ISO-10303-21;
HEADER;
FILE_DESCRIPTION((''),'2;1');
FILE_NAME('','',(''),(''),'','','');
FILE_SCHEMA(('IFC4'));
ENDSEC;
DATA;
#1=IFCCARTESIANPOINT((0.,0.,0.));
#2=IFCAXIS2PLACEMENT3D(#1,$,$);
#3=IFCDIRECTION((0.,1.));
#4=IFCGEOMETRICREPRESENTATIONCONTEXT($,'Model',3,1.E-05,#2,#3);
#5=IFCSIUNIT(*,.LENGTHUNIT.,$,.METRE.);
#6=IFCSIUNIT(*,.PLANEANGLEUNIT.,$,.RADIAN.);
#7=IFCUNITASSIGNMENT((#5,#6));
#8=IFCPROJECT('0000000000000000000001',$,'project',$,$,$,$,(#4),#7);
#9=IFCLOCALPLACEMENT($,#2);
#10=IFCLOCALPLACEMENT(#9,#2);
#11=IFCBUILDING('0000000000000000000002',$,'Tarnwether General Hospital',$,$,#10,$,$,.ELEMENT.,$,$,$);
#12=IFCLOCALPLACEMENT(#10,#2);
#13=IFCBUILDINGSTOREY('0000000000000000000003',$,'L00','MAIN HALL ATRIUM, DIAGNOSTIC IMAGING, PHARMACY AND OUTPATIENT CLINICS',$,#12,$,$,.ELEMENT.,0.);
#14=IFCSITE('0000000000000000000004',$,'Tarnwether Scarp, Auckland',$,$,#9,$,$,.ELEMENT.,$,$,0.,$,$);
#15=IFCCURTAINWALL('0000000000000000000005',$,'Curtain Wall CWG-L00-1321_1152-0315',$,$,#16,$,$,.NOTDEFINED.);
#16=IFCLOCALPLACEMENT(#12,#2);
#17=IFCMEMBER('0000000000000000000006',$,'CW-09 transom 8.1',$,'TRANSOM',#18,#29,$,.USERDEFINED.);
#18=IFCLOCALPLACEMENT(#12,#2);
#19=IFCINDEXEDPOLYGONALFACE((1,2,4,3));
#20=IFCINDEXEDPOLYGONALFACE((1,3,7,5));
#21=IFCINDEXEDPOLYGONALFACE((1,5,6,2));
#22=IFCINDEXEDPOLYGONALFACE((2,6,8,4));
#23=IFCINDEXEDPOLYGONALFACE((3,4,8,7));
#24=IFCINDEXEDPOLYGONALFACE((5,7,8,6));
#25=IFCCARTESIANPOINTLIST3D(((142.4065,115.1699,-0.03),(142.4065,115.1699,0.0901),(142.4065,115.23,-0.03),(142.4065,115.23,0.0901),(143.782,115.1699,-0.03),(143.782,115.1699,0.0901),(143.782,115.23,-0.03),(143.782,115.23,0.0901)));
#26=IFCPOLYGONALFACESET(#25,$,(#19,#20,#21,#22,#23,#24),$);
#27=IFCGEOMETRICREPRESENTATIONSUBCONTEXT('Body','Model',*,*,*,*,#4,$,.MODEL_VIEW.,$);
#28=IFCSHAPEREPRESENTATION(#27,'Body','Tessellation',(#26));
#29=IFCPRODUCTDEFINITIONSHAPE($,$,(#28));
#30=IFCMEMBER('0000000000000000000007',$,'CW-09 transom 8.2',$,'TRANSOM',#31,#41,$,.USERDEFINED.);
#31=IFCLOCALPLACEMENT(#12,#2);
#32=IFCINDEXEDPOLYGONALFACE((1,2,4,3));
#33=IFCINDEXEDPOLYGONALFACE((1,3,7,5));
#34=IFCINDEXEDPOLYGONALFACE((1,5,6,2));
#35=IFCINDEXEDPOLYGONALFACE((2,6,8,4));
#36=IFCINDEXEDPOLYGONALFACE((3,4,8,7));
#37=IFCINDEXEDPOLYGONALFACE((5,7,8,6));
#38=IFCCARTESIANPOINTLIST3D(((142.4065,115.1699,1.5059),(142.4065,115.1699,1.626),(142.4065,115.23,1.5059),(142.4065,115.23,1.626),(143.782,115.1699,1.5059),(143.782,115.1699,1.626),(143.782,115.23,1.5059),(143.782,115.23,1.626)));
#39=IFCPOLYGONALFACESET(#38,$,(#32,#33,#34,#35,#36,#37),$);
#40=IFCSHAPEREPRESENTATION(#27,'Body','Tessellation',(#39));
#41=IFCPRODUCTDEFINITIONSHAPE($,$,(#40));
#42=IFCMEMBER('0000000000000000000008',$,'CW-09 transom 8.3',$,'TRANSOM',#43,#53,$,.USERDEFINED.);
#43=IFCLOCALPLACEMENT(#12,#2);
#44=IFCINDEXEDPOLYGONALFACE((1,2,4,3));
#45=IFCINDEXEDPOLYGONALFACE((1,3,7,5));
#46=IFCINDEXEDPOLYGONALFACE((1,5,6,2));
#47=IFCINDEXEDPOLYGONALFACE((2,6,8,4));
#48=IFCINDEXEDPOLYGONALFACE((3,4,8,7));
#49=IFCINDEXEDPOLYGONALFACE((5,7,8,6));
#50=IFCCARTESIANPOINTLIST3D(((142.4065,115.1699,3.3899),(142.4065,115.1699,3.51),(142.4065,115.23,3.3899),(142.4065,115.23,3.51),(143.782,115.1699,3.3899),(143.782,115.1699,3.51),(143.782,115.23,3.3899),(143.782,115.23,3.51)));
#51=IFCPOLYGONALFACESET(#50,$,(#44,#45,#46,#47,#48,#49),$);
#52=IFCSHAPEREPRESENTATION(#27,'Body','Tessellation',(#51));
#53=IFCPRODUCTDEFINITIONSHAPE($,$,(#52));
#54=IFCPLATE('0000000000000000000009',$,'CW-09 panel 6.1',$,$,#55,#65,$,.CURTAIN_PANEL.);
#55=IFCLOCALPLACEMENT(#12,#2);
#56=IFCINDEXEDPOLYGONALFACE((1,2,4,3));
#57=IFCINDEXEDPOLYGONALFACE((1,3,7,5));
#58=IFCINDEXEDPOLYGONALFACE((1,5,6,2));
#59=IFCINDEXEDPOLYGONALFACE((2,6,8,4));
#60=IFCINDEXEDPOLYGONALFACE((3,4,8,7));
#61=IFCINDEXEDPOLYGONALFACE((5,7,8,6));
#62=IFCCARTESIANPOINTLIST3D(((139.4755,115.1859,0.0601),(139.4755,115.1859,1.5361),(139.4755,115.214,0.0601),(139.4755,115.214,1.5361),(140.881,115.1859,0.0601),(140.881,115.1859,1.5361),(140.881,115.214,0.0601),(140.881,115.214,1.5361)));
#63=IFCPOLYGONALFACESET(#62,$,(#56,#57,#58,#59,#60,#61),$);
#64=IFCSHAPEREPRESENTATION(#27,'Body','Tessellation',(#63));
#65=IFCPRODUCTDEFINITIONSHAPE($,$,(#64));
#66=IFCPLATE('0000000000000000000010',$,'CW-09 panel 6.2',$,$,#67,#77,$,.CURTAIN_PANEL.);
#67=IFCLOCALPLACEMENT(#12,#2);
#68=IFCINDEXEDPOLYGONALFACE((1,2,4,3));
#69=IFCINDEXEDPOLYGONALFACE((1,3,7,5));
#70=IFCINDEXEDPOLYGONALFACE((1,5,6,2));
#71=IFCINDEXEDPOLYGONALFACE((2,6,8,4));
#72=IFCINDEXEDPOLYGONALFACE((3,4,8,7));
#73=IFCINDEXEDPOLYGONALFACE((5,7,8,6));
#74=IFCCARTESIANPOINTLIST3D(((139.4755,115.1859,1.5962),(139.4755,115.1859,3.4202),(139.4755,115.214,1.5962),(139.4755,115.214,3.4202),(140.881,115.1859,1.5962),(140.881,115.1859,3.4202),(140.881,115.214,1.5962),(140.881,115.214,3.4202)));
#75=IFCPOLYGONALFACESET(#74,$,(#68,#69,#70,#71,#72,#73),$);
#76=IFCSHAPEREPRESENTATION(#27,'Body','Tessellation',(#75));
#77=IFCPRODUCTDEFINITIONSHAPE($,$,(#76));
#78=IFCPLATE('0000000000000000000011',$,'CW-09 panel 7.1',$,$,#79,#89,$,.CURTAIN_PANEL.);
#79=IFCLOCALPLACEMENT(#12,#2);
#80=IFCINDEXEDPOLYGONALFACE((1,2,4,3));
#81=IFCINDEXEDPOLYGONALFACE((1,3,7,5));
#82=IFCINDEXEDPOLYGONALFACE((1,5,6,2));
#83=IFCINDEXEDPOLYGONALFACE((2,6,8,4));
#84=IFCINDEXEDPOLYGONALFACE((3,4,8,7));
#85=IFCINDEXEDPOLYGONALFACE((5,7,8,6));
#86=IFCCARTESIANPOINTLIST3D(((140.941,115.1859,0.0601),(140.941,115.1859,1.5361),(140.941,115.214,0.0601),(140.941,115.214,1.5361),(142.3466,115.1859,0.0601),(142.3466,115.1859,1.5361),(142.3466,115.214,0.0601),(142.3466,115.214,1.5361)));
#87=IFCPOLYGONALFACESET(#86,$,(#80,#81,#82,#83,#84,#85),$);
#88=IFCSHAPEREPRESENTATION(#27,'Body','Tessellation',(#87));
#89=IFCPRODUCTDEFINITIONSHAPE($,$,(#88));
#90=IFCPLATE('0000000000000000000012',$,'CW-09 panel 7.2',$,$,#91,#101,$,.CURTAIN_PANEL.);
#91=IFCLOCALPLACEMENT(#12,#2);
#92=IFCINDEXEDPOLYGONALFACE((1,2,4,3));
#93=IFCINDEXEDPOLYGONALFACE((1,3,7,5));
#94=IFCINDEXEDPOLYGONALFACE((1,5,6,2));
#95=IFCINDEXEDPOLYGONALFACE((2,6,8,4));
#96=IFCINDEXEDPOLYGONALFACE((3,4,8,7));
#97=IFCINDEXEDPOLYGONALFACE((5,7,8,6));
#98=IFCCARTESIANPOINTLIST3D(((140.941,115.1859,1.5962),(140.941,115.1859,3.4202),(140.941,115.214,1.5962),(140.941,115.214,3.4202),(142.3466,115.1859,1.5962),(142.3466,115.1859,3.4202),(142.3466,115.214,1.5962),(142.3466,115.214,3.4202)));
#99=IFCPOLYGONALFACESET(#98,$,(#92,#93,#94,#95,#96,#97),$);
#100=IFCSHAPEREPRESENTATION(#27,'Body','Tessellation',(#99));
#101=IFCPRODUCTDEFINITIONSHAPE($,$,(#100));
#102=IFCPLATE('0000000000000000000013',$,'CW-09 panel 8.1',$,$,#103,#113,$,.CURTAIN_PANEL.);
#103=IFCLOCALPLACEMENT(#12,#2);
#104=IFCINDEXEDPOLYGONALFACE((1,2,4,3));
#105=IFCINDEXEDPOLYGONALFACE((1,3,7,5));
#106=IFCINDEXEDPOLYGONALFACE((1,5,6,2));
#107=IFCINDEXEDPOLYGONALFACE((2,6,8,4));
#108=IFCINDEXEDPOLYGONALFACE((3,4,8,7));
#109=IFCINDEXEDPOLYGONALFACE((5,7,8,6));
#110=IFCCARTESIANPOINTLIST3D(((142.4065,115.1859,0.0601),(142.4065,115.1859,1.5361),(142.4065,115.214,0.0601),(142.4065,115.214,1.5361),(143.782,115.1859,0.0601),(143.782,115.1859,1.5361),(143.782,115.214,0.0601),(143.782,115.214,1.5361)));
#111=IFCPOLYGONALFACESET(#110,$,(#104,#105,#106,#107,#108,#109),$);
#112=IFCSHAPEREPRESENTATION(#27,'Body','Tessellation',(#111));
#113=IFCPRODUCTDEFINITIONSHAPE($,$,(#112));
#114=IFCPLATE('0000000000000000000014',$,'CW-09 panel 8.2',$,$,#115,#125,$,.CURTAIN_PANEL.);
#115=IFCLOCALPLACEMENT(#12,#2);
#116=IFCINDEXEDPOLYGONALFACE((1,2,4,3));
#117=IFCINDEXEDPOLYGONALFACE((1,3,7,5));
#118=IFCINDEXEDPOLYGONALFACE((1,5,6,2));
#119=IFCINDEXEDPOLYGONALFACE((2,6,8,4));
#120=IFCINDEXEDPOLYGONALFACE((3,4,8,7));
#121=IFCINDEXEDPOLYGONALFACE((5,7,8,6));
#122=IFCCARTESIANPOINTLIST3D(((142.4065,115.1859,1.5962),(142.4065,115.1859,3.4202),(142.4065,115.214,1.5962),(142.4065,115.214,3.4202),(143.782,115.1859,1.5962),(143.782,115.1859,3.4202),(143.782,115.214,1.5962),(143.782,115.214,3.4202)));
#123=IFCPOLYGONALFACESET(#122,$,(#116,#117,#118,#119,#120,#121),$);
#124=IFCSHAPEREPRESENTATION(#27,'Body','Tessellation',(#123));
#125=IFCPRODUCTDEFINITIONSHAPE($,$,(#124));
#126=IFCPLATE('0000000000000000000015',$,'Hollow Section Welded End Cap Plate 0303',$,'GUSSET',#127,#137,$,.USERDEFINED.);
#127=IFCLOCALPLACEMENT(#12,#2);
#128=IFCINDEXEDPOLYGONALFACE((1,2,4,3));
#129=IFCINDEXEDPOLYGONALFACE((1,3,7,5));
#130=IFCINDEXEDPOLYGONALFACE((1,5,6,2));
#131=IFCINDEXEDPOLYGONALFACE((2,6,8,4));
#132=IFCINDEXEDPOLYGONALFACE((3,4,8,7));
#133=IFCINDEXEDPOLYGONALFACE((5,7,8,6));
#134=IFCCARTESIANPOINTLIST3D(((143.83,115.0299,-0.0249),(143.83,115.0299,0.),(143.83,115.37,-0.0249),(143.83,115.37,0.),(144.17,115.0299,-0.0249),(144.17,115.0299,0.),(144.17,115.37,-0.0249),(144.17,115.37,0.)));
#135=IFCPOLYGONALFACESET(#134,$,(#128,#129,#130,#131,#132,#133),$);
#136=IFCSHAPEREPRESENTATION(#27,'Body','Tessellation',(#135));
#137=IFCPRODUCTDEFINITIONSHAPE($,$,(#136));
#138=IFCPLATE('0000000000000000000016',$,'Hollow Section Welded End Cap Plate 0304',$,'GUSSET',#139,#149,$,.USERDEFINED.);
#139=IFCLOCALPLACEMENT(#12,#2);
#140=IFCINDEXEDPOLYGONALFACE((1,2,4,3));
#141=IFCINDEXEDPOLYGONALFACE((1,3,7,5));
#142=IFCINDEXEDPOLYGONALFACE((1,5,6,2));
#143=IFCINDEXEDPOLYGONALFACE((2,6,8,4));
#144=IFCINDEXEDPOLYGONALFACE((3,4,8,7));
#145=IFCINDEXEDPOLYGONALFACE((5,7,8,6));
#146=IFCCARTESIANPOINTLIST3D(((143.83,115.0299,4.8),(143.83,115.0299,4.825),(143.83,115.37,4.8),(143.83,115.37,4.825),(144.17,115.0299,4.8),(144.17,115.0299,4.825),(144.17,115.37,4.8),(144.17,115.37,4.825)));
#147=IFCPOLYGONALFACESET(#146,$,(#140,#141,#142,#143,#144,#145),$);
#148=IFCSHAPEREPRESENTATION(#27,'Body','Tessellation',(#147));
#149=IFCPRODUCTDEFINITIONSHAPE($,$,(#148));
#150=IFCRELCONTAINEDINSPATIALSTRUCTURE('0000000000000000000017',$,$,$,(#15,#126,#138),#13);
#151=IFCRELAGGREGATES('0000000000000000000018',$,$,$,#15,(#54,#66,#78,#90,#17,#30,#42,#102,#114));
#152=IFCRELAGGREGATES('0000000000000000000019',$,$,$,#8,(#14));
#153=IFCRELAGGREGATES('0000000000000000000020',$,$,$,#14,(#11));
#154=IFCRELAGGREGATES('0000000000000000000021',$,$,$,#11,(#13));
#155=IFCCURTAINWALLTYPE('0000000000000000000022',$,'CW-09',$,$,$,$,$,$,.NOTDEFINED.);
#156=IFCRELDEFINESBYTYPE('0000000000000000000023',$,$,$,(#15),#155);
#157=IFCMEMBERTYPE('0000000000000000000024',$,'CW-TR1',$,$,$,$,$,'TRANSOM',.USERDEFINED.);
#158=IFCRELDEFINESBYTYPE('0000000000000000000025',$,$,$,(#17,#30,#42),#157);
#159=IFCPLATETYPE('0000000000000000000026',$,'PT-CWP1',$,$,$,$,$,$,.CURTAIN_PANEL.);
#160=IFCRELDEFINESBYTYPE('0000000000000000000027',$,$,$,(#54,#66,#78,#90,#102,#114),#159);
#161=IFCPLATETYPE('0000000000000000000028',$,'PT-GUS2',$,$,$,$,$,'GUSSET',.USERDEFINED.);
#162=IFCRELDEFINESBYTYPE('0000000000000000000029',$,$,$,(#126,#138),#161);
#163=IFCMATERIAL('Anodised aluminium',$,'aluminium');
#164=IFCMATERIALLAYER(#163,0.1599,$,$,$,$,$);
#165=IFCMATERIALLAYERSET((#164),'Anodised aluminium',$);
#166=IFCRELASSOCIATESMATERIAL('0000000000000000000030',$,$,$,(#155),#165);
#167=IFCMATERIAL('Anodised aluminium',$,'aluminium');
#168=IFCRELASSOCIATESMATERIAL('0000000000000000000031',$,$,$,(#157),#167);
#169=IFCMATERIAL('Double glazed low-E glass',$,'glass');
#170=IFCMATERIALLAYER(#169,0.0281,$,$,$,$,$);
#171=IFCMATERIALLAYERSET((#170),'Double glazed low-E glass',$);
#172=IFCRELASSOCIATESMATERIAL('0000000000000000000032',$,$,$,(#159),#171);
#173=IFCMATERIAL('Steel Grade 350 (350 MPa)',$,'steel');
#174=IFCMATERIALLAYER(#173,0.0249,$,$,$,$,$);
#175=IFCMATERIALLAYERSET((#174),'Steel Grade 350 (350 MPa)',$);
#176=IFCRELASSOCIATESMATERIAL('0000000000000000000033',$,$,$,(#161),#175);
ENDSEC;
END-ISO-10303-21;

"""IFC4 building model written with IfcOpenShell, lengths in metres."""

from ifc_helpers import new_model, si_unit, direction, frame, origin, origin_2d, place, context, subcontext, project, spatial, rectangle, extrude, material, layer, layer_set, material_profile, profile_set, type_object, element, aggregate, save


model = new_model("IFC4")

# Units and contexts
model_context = context("Model", 3, precision=1e-05, world=origin(), true_north=direction((0.0, 1.0)))
body_context = subcontext(model_context, "Body", "Model", "MODEL_VIEW")
ifc_project = project(units=[si_unit("LENGTHUNIT", "METRE"), si_unit("PLANEANGLEUNIT", "RADIAN")], contexts=[model_context])

# Site, building, storey
site_placement = place(None, origin())
site = spatial("IfcSite", under=ifc_project, at=site_placement, Name="Tarnwether Scarp, Auckland", CompositionType="ELEMENT", RefElevation=0.0)
building_placement = place(site_placement, origin())
building = spatial("IfcBuilding", under=site, at=building_placement, Name="Tarnwether General Hospital", CompositionType="ELEMENT")
storey_placement = place(building_placement, origin())
storey = spatial("IfcBuildingStorey", under=building, at=storey_placement, Name="L00", Description="MAIN HALL ATRIUM, DIAGNOSTIC IMAGING, PHARMACY AND OUTPATIENT CLINICS", CompositionType="ELEMENT", Elevation=0.0)

# Curtain wall, members, plates
ifc_material_1 = material(Name="Anodised aluminium", Category="aluminium")
ifc_layer_1 = layer(ifc_material_1, 0.1599)
ifc_layer_set_1 = layer_set([ifc_layer_1], Name="Anodised aluminium")
curtain_wall_type = type_object("IfcCurtainWallType", Name="CW-09", PredefinedType="NOTDEFINED", material=ifc_layer_set_1)
curtain_wall_placement = place(storey_placement, origin())
curtain_wall = element("IfcCurtainWall", 1, at=curtain_wall_placement, inside=storey, type_object=curtain_wall_type, Name="Curtain Wall CWG-L00-1321_1152-0315", PredefinedType="NOTDEFINED")
ifc_material_2 = material(Name="Anodised aluminium", Category="aluminium")
ifc_material_profile_1 = material_profile(ifc_material_2, rectangle(XDim=0.0601, YDim=0.1201, at=origin_2d()), Name="ALU-TRN-60x120")
ifc_profile_set_1 = profile_set([ifc_material_profile_1], Name="Anodised aluminium")
member_type_1 = type_object("IfcMemberType", Name="CW-TR1", ElementType="TRANSOM", PredefinedType="USERDEFINED", material=ifc_profile_set_1)
member_1_placement = place(storey_placement, frame((142.4065, 115.2, 0.03), z_axis=(1.0, 0.0, 0.0), x_axis=(0.0, 1.0, 0.0)))
member_1 = element("IfcMember", 2, at=member_1_placement, type_object=member_type_1, Name="CW-09 transom 8.1", ObjectType="TRANSOM", PredefinedType="USERDEFINED", context=body_context, shape_type="SweptSolid", body=[
    extrude(rectangle(XDim=0.0601, YDim=0.1201, at=origin_2d()), origin(), (0.0, 0.0, 1.0), 1.3755),
])
member_2_placement = place(storey_placement, frame((142.4065, 115.2, 1.5659), z_axis=(1.0, 0.0, 0.0), x_axis=(0.0, 1.0, 0.0)))
member_2 = element("IfcMember", 3, at=member_2_placement, type_object=member_type_1, Name="CW-09 transom 8.2", ObjectType="TRANSOM", PredefinedType="USERDEFINED", context=body_context, shape_type="SweptSolid", body=[
    extrude(rectangle(XDim=0.0601, YDim=0.1201, at=origin_2d()), origin(), (0.0, 0.0, 1.0), 1.3755),
])
member_3_placement = place(storey_placement, frame((142.4065, 115.2, 3.45), z_axis=(1.0, 0.0, 0.0), x_axis=(0.0, 1.0, 0.0)))
member_3 = element("IfcMember", 4, at=member_3_placement, type_object=member_type_1, Name="CW-09 transom 8.3", ObjectType="TRANSOM", PredefinedType="USERDEFINED", context=body_context, shape_type="SweptSolid", body=[
    extrude(rectangle(XDim=0.0601, YDim=0.1201, at=origin_2d()), origin(), (0.0, 0.0, 1.0), 1.3755),
])
ifc_material_3 = material(Name="Double glazed low-E glass", Category="glass")
ifc_layer_2 = layer(ifc_material_3, 0.0281)
ifc_layer_set_2 = layer_set([ifc_layer_2], Name="Double glazed low-E glass")
plate_type_1 = type_object("IfcPlateType", Name="PT-CWP1", PredefinedType="CURTAIN_PANEL", material=ifc_layer_set_2)
plate_1_placement = place(storey_placement, frame((140.1782, 115.2, 0.0601), z_axis=(0.0, 0.0, 1.0), x_axis=(1.0, 0.0, 0.0)))
plate_1 = element("IfcPlate", 5, at=plate_1_placement, type_object=plate_type_1, Name="CW-09 panel 6.1", PredefinedType="CURTAIN_PANEL", context=body_context, shape_type="SweptSolid", body=[
    extrude(rectangle(XDim=1.4055, YDim=0.0281, at=origin_2d()), origin(), (0.0, 0.0, 1.0), 1.4761),
])
plate_2_placement = place(storey_placement, frame((140.1782, 115.2, 1.5962), z_axis=(0.0, 0.0, 1.0), x_axis=(1.0, 0.0, 0.0)))
plate_2 = element("IfcPlate", 6, at=plate_2_placement, type_object=plate_type_1, Name="CW-09 panel 6.2", PredefinedType="CURTAIN_PANEL", context=body_context, shape_type="SweptSolid", body=[
    extrude(rectangle(XDim=1.4055, YDim=0.0281, at=origin_2d()), origin(), (0.0, 0.0, 1.0), 1.824),
])
plate_3_placement = place(storey_placement, frame((141.6438, 115.2, 0.0601), z_axis=(0.0, 0.0, 1.0), x_axis=(1.0, 0.0, 0.0)))
plate_3 = element("IfcPlate", 7, at=plate_3_placement, type_object=plate_type_1, Name="CW-09 panel 7.1", PredefinedType="CURTAIN_PANEL", context=body_context, shape_type="SweptSolid", body=[
    extrude(rectangle(XDim=1.4055, YDim=0.0281, at=origin_2d()), origin(), (0.0, 0.0, 1.0), 1.4761),
])
plate_4_placement = place(storey_placement, frame((141.6438, 115.2, 1.5962), z_axis=(0.0, 0.0, 1.0), x_axis=(1.0, 0.0, 0.0)))
plate_4 = element("IfcPlate", 8, at=plate_4_placement, type_object=plate_type_1, Name="CW-09 panel 7.2", PredefinedType="CURTAIN_PANEL", context=body_context, shape_type="SweptSolid", body=[
    extrude(rectangle(XDim=1.4055, YDim=0.0281, at=origin_2d()), origin(), (0.0, 0.0, 1.0), 1.824),
])
plate_5_placement = place(storey_placement, frame((143.0942, 115.2, 0.0601), z_axis=(0.0, 0.0, 1.0), x_axis=(1.0, 0.0, 0.0)))
plate_5 = element("IfcPlate", 9, at=plate_5_placement, type_object=plate_type_1, Name="CW-09 panel 8.1", PredefinedType="CURTAIN_PANEL", context=body_context, shape_type="SweptSolid", body=[
    extrude(rectangle(XDim=1.3755, YDim=0.0281, at=origin_2d()), origin(), (0.0, 0.0, 1.0), 1.4761),
])
plate_6_placement = place(storey_placement, frame((143.0942, 115.2, 1.5962), z_axis=(0.0, 0.0, 1.0), x_axis=(1.0, 0.0, 0.0)))
plate_6 = element("IfcPlate", 10, at=plate_6_placement, type_object=plate_type_1, Name="CW-09 panel 8.2", PredefinedType="CURTAIN_PANEL", context=body_context, shape_type="SweptSolid", body=[
    extrude(rectangle(XDim=1.3755, YDim=0.0281, at=origin_2d()), origin(), (0.0, 0.0, 1.0), 1.824),
])
aggregate(curtain_wall, [plate_1, plate_2, plate_3, plate_4, member_1, member_2, member_3, plate_5, plate_6])

# Plates
ifc_material_4 = material(Name="Steel Grade 350 (350 MPa)", Category="steel")
ifc_layer_3 = layer(ifc_material_4, 0.0249)
ifc_layer_set_3 = layer_set([ifc_layer_3], Name="Steel Grade 350 (350 MPa)")
plate_type_2 = type_object("IfcPlateType", Name="PT-GUS2", ElementType="GUSSET", PredefinedType="USERDEFINED", material=ifc_layer_set_3)
for number, where, z_axis, x_axis, name in (
    (11, (144.0, 115.2, -0.0249), (0.0, 0.0, 1.0), (1.0, 0.0, 0.0), "Hollow Section Welded End Cap Plate 0303"),
    (12, (144.0, 115.2, 4.8), (0.0, 0.0, 1.0), (1.0, 0.0, 0.0), "Hollow Section Welded End Cap Plate 0304"),
):
    element("IfcPlate", number, at=place(storey_placement, frame(where, z_axis=z_axis, x_axis=x_axis)), inside=storey, type_object=plate_type_2, Name=name, ObjectType="GUSSET", PredefinedType="USERDEFINED", context=body_context, shape_type="SweptSolid", body=[
        extrude(rectangle(XDim=0.3401, YDim=0.3401, at=origin_2d()), origin(), (0.0, 0.0, 1.0), 0.0249),
    ])

save(model, "model.ifc")
